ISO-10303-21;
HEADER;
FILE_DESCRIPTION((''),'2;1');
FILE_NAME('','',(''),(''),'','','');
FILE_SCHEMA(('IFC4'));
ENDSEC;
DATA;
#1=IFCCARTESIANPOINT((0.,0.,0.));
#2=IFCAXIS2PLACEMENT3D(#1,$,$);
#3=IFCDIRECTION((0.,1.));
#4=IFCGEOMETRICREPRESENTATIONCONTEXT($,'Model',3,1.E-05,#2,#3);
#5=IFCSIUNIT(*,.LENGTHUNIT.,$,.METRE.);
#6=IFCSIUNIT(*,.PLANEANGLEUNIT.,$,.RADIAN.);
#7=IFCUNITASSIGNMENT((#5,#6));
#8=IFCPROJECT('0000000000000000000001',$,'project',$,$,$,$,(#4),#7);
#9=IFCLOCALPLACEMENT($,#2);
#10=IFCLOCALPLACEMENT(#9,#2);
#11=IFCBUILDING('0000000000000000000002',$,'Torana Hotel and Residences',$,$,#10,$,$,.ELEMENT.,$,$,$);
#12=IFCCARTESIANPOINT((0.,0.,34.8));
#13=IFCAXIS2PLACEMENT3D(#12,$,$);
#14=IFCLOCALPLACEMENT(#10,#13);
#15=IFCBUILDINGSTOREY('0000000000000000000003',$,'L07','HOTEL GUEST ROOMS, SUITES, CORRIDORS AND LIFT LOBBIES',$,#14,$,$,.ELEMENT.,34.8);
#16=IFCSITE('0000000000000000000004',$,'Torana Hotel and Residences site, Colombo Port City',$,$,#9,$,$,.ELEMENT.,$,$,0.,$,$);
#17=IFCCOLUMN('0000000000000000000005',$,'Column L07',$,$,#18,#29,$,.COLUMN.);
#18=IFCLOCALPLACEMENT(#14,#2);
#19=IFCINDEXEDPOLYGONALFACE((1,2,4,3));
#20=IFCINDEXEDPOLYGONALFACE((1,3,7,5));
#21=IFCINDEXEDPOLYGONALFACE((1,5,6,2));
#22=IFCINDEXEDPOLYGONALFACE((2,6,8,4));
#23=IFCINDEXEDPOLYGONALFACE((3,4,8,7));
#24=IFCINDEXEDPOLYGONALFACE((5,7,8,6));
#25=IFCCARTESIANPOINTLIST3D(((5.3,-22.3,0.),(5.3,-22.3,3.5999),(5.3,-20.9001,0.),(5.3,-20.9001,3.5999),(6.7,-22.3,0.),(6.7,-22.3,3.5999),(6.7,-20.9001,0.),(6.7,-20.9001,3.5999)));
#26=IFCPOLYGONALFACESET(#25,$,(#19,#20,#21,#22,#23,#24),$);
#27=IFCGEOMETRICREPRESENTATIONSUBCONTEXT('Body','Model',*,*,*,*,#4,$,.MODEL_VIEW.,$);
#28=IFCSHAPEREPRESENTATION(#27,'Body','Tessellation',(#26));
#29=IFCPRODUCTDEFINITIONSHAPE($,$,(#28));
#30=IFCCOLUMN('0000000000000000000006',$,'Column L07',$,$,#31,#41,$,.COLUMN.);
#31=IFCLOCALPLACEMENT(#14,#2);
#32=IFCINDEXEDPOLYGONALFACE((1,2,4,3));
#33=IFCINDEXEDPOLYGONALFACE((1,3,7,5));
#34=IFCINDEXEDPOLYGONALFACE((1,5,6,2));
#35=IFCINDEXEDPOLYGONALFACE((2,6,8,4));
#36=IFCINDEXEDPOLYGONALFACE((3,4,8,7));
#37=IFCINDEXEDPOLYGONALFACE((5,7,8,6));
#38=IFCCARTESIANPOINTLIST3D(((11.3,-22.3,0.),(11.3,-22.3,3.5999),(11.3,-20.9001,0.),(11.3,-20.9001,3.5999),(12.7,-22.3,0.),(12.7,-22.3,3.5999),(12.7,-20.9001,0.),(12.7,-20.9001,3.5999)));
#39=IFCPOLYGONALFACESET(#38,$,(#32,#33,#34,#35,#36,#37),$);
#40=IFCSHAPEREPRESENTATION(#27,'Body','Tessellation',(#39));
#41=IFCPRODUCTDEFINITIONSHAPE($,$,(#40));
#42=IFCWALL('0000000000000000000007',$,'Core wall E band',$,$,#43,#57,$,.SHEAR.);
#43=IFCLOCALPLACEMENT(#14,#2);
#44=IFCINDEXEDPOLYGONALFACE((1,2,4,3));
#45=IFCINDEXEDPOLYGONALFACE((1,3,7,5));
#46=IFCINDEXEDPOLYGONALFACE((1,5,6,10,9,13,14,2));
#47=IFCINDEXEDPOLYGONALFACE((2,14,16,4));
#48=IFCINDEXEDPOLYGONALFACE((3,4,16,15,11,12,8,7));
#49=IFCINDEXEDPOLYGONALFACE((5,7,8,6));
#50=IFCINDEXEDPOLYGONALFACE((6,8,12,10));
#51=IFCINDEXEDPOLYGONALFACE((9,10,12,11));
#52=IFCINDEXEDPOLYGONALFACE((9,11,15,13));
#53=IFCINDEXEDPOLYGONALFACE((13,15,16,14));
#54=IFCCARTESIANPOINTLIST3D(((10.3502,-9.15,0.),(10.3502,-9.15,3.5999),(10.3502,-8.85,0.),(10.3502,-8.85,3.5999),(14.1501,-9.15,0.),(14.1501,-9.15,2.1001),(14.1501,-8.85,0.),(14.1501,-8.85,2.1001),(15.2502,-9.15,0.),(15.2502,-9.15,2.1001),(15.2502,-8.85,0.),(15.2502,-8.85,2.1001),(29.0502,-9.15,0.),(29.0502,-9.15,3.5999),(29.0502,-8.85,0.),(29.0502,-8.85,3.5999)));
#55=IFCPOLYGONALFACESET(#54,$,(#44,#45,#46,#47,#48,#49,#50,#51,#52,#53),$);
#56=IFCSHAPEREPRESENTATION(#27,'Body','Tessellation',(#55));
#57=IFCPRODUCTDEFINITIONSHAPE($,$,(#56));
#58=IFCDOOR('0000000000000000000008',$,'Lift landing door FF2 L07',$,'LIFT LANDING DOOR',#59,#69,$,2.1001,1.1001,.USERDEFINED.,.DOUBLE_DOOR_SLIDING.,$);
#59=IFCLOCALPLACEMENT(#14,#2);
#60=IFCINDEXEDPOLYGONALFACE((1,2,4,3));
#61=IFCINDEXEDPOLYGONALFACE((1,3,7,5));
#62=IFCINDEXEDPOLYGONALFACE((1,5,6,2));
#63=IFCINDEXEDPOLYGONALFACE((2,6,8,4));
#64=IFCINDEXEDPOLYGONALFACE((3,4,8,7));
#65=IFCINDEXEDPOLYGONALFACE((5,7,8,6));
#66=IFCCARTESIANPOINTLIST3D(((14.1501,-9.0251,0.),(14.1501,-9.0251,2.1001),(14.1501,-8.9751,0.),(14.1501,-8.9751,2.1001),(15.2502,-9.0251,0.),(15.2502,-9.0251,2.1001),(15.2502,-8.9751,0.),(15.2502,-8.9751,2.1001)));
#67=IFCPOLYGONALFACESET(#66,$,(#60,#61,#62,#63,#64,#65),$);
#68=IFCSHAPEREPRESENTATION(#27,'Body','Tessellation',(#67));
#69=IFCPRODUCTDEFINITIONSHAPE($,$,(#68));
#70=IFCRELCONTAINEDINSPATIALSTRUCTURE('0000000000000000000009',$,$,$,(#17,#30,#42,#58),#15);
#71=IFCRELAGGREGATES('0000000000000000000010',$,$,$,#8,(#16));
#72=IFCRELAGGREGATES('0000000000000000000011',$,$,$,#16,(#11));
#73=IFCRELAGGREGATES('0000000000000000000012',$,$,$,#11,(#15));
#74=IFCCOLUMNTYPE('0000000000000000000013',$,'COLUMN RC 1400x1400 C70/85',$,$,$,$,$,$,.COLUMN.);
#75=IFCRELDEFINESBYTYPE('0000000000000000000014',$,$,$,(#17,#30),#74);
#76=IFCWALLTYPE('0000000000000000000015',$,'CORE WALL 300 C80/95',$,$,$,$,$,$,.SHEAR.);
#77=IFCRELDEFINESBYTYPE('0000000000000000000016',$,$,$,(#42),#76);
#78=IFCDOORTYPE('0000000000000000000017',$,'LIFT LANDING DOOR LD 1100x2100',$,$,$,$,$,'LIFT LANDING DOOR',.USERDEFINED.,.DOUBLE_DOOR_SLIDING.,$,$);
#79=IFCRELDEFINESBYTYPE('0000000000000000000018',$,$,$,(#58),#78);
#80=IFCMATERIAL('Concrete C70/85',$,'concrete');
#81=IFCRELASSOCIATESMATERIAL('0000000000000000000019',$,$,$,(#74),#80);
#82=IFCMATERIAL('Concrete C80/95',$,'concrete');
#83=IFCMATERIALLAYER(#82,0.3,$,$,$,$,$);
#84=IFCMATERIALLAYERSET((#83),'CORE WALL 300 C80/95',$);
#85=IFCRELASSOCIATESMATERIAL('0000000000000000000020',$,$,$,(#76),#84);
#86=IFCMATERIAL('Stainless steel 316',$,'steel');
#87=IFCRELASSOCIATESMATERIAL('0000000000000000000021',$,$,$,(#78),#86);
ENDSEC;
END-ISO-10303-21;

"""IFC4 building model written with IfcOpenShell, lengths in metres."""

from ifc_helpers import new_model, si_unit, direction, frame, frame_2d, origin, origin_2d, place, context, subcontext, project, spatial, rectangle, extrude, material, layer, layer_set, material_profile, profile_set, type_object, element, fill, save


model = new_model("IFC4")

# Units and contexts
model_context = context("Model", 3, precision=1e-05, world=origin(), true_north=direction((0.0, 1.0)))
body_context = subcontext(model_context, "Body", "Model", "MODEL_VIEW")
ifc_project = project(units=[si_unit("LENGTHUNIT", "METRE"), si_unit("PLANEANGLEUNIT", "RADIAN")], contexts=[model_context])

# Site, building, storey
site_placement = place(None, origin())
site = spatial("IfcSite", under=ifc_project, at=site_placement, Name="Torana Hotel and Residences site, Colombo Port City", CompositionType="ELEMENT", RefElevation=0.0)
building_placement = place(site_placement, origin())
building = spatial("IfcBuilding", under=site, at=building_placement, Name="Torana Hotel and Residences", CompositionType="ELEMENT")
storey_placement = place(building_placement, frame((0.0, 0.0, 34.8)))
storey = spatial("IfcBuildingStorey", under=building, at=storey_placement, Name="L07", Description="HOTEL GUEST ROOMS, SUITES, CORRIDORS AND LIFT LOBBIES", CompositionType="ELEMENT", Elevation=34.8)

# Columns
ifc_material_1 = material(Name="Concrete C70/85", Category="concrete")
ifc_material_profile = material_profile(ifc_material_1, rectangle(XDim=1.3999, YDim=1.3999, at=origin_2d()), Name="RC 1400x1400")
ifc_profile_set = profile_set([ifc_material_profile], Name="Concrete C70/85")
column_type = type_object("IfcColumnType", Name="COLUMN RC 1400x1400 C70/85", PredefinedType="COLUMN", material=ifc_profile_set)
for number, where, z_axis, x_axis, name in (
    (1, (6.0, -21.6001, 0.0), (0.0, 0.0, 1.0), (1.0, 0.0, 0.0), "Column L07"),
    (2, (12.0, -21.6001, 0.0), (0.0, 0.0, 1.0), (1.0, 0.0, 0.0), "Column L07"),
):
    element("IfcColumn", number, at=place(storey_placement, frame(where, z_axis=z_axis, x_axis=x_axis)), inside=storey, type_object=column_type, Name=name, PredefinedType="COLUMN", context=body_context, shape_type="SweptSolid", body=[
        extrude(rectangle(XDim=1.3999, YDim=1.3999, at=origin_2d()), origin(), (0.0, 0.0, 1.0), 3.5999),
    ])

# Wall, opening, door
ifc_material_2 = material(Name="Concrete C80/95", Category="concrete")
ifc_layer_1 = layer(ifc_material_2, 0.3)
ifc_layer_set_1 = layer_set([ifc_layer_1], Name="CORE WALL 300 C80/95")
wall_type_1 = type_object("IfcWallType", Name="CORE WALL 300 C80/95", PredefinedType="SHEAR", material=ifc_layer_set_1)
wall_1_placement = place(storey_placement, frame((10.3501, -9.0, 0.0), z_axis=(0.0, 0.0, 1.0), x_axis=(1.0, 0.0, 0.0)))
wall_1 = element("IfcWall", 3, at=wall_1_placement, inside=storey, type_object=wall_type_1, Name="Core wall E band", PredefinedType="SHEAR", context=body_context, shape_type="SweptSolid", body=[
    extrude(rectangle(XDim=18.7, YDim=0.3, at=frame_2d((9.3501, 0.0))), origin(), (0.0, 0.0, 1.0), 3.5999),
])
opening_1_placement = place(wall_1_placement, frame((3.8, 0.0, 0.0)))
opening_1 = element("IfcOpeningElement", 4, at=opening_1_placement, cuts=wall_1, PredefinedType="OPENING", context=body_context, shape_type="SweptSolid", body=[
    extrude(rectangle(XDim=1.1001, YDim=2.1001, at=frame_2d((0.55, 1.05))), frame((0.0, 0.1599, 0.0), z_axis=(0.0, -1.0, 0.0), x_axis=(1.0, 0.0, 0.0)), (0.0, 0.0, 1.0), 0.3201),
])
ifc_material_3 = material(Name="Stainless steel 316", Category="steel")
door_type_1 = type_object("IfcDoorType", Name="LIFT LANDING DOOR LD 1100x2100", ElementType="LIFT LANDING DOOR", OperationType="DOUBLE_DOOR_SLIDING", PredefinedType="USERDEFINED", material=ifc_material_3)
door_1_placement = place(opening_1_placement, origin())
door_1 = element("IfcDoor", 5, at=door_1_placement, inside=storey, type_object=door_type_1, Name="Lift landing door FF2 L07", ObjectType="LIFT LANDING DOOR", OperationType="DOUBLE_DOOR_SLIDING", OverallHeight=2.1001, OverallWidth=1.1001, PredefinedType="USERDEFINED", context=body_context, shape_type="SweptSolid", body=[
    extrude(rectangle(XDim=1.1001, YDim=2.1001, at=frame_2d((0.55, 1.05))), frame((0.0, 0.0249, 0.0), z_axis=(0.0, -1.0, 0.0), x_axis=(1.0, 0.0, 0.0)), (0.0, 0.0, 1.0), 0.05),
])
fill(opening_1, door_1)

save(model, "model.ifc")
